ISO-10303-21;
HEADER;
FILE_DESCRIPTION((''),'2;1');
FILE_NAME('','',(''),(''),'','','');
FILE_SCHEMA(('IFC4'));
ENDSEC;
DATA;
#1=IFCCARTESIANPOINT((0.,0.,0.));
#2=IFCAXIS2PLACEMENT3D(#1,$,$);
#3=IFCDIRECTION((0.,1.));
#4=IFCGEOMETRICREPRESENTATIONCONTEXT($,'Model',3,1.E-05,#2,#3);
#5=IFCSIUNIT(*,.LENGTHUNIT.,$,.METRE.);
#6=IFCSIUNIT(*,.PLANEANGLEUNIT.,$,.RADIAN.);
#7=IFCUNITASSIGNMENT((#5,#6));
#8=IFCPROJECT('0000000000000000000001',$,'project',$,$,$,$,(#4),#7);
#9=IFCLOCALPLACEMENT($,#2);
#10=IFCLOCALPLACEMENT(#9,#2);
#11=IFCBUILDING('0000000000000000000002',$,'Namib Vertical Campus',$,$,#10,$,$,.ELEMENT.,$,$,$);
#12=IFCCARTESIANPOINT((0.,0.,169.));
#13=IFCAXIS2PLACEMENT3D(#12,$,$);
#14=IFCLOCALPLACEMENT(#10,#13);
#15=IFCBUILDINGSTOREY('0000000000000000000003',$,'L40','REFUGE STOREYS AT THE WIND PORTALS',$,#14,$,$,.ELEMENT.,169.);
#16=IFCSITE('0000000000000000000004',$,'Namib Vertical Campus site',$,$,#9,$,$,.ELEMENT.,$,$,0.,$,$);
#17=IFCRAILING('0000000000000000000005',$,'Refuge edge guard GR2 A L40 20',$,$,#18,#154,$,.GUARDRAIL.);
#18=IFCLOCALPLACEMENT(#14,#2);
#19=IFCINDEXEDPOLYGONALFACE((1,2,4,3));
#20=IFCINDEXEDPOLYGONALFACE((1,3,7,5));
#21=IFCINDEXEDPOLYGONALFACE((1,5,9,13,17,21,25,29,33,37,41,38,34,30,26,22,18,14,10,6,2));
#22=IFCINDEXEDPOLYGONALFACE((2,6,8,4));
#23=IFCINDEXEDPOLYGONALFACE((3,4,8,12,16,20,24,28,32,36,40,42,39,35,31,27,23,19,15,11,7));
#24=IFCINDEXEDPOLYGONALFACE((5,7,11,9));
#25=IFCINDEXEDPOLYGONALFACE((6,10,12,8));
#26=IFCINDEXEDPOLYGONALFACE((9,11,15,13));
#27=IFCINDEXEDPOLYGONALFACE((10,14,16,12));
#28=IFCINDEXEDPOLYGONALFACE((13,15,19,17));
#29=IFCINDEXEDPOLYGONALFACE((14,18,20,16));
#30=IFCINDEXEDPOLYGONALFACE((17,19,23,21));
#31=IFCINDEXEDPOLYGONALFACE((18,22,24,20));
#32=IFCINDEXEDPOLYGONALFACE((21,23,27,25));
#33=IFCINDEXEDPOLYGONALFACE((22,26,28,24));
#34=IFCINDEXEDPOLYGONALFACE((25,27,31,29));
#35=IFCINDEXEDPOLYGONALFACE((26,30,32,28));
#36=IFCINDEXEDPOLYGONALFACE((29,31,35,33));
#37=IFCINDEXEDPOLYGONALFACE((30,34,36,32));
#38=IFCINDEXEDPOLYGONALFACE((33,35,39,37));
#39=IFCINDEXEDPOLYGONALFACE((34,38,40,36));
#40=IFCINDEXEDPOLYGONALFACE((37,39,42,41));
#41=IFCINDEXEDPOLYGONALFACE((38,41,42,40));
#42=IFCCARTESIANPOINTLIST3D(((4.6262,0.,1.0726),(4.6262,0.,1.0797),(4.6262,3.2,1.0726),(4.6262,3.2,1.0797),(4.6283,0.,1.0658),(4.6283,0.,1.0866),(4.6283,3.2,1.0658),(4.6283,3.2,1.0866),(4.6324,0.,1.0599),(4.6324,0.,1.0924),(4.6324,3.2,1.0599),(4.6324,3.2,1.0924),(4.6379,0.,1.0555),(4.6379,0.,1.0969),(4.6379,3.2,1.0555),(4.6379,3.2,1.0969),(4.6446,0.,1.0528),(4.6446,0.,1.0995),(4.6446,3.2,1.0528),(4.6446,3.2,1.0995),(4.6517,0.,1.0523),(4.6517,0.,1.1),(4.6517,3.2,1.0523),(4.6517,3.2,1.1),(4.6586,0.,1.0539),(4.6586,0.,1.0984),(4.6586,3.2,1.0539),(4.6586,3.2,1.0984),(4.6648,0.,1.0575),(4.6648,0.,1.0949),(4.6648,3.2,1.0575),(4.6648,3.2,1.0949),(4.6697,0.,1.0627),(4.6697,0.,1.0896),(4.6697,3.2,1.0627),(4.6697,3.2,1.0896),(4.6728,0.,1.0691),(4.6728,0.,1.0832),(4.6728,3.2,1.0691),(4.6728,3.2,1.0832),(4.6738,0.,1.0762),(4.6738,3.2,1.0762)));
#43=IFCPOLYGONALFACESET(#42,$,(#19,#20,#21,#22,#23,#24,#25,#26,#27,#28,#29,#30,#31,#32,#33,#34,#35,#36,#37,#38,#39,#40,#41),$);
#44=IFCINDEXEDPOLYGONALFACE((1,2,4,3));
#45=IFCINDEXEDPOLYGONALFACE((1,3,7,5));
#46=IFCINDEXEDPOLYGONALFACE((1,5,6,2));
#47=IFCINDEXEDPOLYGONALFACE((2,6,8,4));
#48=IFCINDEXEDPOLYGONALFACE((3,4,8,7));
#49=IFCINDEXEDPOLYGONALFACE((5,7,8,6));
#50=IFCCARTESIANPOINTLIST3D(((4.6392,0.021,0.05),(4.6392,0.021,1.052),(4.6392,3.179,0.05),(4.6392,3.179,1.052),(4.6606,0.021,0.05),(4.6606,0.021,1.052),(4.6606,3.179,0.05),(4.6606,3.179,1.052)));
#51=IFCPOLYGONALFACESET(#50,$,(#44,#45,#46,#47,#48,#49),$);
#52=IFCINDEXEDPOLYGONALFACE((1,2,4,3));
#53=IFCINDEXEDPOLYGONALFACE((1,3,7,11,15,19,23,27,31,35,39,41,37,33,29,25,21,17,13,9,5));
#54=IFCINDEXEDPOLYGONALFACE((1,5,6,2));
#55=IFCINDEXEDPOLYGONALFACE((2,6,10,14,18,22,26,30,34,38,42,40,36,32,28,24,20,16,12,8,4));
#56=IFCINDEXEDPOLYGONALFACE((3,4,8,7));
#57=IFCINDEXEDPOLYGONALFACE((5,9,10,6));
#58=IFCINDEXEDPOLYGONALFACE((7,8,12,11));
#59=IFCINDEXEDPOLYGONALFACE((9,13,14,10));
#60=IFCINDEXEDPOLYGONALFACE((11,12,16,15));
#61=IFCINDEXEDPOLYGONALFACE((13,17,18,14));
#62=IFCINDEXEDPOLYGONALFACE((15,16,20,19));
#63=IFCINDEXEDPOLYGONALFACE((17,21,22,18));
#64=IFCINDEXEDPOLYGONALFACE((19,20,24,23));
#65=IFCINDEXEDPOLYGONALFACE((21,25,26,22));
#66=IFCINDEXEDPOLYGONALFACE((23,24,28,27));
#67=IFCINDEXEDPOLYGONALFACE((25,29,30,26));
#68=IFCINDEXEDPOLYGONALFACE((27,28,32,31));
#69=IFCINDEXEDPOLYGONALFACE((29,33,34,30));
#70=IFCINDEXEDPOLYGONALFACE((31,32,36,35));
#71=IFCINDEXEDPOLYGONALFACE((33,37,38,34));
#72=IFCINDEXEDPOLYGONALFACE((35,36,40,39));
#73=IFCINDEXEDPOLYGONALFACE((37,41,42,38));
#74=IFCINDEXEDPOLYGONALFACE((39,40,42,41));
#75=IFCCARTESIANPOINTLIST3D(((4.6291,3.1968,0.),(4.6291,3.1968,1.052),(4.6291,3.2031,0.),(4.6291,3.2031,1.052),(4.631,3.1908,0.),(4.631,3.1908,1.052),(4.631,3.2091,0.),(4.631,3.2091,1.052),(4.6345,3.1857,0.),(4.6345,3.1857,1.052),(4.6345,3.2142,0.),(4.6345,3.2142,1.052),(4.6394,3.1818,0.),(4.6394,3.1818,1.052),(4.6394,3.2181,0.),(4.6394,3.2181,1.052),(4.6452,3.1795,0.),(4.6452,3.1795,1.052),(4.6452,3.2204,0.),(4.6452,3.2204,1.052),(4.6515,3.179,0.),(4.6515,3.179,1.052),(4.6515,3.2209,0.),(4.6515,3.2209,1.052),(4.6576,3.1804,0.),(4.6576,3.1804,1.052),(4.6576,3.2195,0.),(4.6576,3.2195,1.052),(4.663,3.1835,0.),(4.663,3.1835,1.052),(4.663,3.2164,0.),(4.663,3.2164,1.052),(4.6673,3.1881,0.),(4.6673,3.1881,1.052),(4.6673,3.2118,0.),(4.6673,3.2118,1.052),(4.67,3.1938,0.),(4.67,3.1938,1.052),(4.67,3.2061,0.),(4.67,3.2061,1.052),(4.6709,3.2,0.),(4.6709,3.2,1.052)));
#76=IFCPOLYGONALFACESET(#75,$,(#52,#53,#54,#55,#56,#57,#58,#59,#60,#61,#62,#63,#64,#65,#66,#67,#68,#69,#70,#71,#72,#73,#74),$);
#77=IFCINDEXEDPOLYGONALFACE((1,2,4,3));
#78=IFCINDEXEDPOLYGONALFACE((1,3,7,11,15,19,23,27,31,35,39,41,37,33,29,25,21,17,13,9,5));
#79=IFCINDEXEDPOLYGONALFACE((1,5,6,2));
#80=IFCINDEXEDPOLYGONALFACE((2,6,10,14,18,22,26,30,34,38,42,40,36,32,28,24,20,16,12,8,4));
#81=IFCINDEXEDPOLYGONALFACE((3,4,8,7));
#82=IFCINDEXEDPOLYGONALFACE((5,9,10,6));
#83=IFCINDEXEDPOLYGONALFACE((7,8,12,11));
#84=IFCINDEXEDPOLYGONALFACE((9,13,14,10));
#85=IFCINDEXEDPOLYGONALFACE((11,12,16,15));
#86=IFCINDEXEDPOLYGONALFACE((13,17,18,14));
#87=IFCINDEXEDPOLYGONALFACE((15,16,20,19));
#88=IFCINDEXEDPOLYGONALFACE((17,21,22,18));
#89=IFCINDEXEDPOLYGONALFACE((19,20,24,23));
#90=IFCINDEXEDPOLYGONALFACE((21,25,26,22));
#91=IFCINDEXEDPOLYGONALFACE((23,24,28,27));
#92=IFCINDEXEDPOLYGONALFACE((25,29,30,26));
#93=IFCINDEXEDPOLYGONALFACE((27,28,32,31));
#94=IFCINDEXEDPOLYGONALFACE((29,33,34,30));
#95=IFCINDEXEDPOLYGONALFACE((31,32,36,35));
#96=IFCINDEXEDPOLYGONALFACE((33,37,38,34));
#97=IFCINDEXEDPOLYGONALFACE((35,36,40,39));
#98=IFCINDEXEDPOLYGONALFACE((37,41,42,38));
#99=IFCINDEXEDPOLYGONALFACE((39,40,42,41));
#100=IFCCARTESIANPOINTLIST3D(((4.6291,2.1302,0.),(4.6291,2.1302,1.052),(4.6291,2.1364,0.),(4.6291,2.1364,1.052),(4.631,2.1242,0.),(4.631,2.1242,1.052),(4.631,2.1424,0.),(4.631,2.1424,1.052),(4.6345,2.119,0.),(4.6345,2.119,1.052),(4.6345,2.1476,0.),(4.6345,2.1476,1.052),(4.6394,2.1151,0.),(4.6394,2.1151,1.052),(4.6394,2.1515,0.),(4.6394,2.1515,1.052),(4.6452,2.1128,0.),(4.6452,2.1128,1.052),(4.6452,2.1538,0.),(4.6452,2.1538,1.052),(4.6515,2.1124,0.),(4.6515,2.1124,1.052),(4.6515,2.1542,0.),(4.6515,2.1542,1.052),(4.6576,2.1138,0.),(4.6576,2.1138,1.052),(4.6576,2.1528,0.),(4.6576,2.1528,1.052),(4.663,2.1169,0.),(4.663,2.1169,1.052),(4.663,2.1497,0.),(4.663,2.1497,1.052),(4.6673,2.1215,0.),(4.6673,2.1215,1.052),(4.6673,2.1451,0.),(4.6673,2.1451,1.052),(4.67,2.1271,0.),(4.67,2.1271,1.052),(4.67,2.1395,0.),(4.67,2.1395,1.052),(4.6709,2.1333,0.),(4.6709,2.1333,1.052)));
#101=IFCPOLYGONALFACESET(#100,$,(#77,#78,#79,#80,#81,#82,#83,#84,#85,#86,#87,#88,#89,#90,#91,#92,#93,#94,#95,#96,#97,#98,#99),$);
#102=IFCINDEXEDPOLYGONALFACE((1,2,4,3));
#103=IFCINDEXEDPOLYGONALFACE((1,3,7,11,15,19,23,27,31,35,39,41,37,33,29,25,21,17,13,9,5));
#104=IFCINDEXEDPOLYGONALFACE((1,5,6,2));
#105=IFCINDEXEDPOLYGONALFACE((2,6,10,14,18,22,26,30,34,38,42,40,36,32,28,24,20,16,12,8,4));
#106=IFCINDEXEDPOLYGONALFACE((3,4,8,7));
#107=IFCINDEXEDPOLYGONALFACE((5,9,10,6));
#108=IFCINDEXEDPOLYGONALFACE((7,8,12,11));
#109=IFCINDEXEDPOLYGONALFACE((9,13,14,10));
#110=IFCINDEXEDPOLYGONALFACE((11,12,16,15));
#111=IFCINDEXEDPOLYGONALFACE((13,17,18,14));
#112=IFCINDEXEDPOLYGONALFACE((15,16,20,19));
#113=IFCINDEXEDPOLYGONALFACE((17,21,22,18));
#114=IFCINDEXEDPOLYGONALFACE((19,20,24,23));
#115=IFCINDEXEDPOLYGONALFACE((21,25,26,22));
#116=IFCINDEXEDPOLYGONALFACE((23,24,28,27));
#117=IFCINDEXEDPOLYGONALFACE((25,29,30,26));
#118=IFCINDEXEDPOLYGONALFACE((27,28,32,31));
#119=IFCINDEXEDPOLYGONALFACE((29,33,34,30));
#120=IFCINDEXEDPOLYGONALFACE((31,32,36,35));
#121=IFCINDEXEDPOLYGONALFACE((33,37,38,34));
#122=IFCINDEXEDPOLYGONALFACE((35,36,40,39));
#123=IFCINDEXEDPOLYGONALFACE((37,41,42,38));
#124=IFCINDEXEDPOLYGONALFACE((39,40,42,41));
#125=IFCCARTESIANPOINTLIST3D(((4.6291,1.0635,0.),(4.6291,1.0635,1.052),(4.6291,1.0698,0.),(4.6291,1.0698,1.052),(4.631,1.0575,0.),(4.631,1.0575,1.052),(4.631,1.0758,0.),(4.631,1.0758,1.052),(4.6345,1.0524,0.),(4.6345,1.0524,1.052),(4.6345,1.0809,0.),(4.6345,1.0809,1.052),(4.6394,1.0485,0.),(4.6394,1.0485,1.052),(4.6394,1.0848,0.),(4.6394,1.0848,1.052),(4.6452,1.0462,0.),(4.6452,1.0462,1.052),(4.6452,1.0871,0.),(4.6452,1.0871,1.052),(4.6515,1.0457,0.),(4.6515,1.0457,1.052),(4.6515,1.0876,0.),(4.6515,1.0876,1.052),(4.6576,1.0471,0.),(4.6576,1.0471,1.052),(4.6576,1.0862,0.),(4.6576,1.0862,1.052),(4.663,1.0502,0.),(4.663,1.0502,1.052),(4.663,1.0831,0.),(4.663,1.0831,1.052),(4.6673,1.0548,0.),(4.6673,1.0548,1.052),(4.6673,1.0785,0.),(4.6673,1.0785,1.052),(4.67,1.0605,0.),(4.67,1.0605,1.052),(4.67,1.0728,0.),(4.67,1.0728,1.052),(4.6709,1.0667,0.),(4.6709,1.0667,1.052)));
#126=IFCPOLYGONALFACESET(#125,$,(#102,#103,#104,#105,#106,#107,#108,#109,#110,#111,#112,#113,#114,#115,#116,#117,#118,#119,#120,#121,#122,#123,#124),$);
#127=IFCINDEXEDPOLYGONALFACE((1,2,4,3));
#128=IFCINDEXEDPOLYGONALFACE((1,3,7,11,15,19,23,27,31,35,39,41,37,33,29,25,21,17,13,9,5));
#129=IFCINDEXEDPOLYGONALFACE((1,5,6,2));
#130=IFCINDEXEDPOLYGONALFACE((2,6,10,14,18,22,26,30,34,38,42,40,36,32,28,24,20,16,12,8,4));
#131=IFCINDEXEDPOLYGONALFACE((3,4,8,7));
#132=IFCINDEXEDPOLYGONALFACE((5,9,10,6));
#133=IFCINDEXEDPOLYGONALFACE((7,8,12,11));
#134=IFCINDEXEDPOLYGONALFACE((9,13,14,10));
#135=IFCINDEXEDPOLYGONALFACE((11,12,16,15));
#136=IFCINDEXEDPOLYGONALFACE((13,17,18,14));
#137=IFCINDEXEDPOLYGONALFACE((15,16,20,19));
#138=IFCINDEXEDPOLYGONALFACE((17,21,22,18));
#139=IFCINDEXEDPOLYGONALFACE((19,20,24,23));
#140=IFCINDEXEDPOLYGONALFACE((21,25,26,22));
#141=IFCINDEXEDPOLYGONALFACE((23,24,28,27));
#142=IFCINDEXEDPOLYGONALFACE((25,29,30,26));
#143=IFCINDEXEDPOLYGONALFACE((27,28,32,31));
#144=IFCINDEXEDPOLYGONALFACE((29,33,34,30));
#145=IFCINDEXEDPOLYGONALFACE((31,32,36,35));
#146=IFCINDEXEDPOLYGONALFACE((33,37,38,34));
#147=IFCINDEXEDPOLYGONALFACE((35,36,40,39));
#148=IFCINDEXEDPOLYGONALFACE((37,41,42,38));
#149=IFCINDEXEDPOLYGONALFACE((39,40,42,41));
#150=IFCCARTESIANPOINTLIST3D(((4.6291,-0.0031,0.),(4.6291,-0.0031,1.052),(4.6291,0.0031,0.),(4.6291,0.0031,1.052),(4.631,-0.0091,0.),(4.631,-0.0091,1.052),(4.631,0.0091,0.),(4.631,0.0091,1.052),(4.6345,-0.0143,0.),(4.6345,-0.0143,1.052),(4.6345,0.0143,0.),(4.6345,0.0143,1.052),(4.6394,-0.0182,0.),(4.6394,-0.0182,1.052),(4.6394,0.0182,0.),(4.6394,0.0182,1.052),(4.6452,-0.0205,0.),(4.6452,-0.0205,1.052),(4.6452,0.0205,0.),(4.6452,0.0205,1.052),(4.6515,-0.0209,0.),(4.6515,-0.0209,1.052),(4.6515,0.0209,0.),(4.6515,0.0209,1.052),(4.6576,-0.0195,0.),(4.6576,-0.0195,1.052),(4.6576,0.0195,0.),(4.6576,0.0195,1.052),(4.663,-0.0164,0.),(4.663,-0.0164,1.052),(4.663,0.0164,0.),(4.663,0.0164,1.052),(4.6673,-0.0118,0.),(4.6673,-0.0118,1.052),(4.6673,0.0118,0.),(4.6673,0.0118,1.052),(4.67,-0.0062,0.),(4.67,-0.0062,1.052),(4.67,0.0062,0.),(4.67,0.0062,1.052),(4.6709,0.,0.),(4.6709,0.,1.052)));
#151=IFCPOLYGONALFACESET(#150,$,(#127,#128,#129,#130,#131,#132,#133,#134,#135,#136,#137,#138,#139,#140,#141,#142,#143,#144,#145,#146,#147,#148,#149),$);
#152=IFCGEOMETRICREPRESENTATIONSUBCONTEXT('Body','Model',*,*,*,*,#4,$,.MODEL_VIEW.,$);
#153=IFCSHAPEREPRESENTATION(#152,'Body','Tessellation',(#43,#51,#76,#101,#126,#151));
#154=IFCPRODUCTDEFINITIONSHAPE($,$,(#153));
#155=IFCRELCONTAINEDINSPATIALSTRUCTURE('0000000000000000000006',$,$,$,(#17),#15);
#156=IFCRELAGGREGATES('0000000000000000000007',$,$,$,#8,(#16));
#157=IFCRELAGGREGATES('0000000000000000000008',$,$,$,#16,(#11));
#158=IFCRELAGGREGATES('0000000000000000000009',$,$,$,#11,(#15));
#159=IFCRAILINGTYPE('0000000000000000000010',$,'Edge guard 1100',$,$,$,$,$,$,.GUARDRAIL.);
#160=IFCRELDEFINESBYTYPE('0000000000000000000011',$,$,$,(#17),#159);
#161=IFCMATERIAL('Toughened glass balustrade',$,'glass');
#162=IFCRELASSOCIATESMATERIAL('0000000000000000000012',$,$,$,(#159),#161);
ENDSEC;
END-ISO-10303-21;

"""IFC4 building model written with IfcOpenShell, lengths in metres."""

from ifc_helpers import new_model, si_unit, direction, frame, origin, origin_2d, place, context, subcontext, project, spatial, polyline, circle, outline, extrude, material, type_object, element, save


model = new_model("IFC4")

# Units and contexts
model_context = context("Model", 3, precision=1e-05, world=origin(), true_north=direction((0.0, 1.0)))
body_context = subcontext(model_context, "Body", "Model", "MODEL_VIEW")
ifc_project = project(units=[si_unit("LENGTHUNIT", "METRE"), si_unit("PLANEANGLEUNIT", "RADIAN")], contexts=[model_context])

# Site, building, storey
site_placement = place(None, origin())
site = spatial("IfcSite", under=ifc_project, at=site_placement, Name="Namib Vertical Campus site", CompositionType="ELEMENT", RefElevation=0.0)
building_placement = place(site_placement, origin())
building = spatial("IfcBuilding", under=site, at=building_placement, Name="Namib Vertical Campus", CompositionType="ELEMENT")
storey_placement = place(building_placement, frame((0.0, 0.0, 169.0)))
storey = spatial("IfcBuildingStorey", under=building, at=storey_placement, Name="L40", Description="REFUGE STOREYS AT THE WIND PORTALS", CompositionType="ELEMENT", Elevation=169.0)

# Railing
ifc_material_1 = material(Name="Toughened glass balustrade", Category="glass")
railing_type_1 = type_object("IfcRailingType", Name="Edge guard 1100", PredefinedType="GUARDRAIL", material=ifc_material_1)
railing_1_placement = place(storey_placement, frame((4.6499, 3.2, 0.0)))
element("IfcRailing", 1, at=railing_1_placement, inside=storey, type_object=railing_type_1, Name="Refuge edge guard GR2 A L40 20", PredefinedType="GUARDRAIL", context=body_context, shape_type="SweptSolid", body=[
    extrude(circle(Radius=0.0239, at=origin_2d()), frame((0.0, 0.0, 1.0762), z_axis=(0.0, -1.0, 0.0), x_axis=(1.0, 0.0, 0.0)), (0.0, 0.0, 1.0), 3.2),
    extrude(outline(polyline([(0.021, 0.05), (3.179, 0.05), (3.179, 1.052), (0.021, 1.052), (0.021, 0.05)])), frame((0.0107, 0.0, 0.0), z_axis=(-1.0, 0.0, 0.0), x_axis=(0.0, -1.0, 0.0)), (0.0, 0.0, 1.0), 0.0215),
    extrude(circle(Radius=0.021, at=origin_2d()), origin(), (0.0, 0.0, 1.0), 1.052),
    extrude(circle(Radius=0.021, at=origin_2d()), frame((0.0, -1.0667, 0.0)), (0.0, 0.0, 1.0), 1.052),
    extrude(circle(Radius=0.021, at=origin_2d()), frame((0.0, -2.1333, 0.0)), (0.0, 0.0, 1.0), 1.052),
    extrude(circle(Radius=0.021, at=origin_2d()), frame((0.0, -3.2, 0.0)), (0.0, 0.0, 1.0), 1.052),
])

save(model, "model.ifc")
